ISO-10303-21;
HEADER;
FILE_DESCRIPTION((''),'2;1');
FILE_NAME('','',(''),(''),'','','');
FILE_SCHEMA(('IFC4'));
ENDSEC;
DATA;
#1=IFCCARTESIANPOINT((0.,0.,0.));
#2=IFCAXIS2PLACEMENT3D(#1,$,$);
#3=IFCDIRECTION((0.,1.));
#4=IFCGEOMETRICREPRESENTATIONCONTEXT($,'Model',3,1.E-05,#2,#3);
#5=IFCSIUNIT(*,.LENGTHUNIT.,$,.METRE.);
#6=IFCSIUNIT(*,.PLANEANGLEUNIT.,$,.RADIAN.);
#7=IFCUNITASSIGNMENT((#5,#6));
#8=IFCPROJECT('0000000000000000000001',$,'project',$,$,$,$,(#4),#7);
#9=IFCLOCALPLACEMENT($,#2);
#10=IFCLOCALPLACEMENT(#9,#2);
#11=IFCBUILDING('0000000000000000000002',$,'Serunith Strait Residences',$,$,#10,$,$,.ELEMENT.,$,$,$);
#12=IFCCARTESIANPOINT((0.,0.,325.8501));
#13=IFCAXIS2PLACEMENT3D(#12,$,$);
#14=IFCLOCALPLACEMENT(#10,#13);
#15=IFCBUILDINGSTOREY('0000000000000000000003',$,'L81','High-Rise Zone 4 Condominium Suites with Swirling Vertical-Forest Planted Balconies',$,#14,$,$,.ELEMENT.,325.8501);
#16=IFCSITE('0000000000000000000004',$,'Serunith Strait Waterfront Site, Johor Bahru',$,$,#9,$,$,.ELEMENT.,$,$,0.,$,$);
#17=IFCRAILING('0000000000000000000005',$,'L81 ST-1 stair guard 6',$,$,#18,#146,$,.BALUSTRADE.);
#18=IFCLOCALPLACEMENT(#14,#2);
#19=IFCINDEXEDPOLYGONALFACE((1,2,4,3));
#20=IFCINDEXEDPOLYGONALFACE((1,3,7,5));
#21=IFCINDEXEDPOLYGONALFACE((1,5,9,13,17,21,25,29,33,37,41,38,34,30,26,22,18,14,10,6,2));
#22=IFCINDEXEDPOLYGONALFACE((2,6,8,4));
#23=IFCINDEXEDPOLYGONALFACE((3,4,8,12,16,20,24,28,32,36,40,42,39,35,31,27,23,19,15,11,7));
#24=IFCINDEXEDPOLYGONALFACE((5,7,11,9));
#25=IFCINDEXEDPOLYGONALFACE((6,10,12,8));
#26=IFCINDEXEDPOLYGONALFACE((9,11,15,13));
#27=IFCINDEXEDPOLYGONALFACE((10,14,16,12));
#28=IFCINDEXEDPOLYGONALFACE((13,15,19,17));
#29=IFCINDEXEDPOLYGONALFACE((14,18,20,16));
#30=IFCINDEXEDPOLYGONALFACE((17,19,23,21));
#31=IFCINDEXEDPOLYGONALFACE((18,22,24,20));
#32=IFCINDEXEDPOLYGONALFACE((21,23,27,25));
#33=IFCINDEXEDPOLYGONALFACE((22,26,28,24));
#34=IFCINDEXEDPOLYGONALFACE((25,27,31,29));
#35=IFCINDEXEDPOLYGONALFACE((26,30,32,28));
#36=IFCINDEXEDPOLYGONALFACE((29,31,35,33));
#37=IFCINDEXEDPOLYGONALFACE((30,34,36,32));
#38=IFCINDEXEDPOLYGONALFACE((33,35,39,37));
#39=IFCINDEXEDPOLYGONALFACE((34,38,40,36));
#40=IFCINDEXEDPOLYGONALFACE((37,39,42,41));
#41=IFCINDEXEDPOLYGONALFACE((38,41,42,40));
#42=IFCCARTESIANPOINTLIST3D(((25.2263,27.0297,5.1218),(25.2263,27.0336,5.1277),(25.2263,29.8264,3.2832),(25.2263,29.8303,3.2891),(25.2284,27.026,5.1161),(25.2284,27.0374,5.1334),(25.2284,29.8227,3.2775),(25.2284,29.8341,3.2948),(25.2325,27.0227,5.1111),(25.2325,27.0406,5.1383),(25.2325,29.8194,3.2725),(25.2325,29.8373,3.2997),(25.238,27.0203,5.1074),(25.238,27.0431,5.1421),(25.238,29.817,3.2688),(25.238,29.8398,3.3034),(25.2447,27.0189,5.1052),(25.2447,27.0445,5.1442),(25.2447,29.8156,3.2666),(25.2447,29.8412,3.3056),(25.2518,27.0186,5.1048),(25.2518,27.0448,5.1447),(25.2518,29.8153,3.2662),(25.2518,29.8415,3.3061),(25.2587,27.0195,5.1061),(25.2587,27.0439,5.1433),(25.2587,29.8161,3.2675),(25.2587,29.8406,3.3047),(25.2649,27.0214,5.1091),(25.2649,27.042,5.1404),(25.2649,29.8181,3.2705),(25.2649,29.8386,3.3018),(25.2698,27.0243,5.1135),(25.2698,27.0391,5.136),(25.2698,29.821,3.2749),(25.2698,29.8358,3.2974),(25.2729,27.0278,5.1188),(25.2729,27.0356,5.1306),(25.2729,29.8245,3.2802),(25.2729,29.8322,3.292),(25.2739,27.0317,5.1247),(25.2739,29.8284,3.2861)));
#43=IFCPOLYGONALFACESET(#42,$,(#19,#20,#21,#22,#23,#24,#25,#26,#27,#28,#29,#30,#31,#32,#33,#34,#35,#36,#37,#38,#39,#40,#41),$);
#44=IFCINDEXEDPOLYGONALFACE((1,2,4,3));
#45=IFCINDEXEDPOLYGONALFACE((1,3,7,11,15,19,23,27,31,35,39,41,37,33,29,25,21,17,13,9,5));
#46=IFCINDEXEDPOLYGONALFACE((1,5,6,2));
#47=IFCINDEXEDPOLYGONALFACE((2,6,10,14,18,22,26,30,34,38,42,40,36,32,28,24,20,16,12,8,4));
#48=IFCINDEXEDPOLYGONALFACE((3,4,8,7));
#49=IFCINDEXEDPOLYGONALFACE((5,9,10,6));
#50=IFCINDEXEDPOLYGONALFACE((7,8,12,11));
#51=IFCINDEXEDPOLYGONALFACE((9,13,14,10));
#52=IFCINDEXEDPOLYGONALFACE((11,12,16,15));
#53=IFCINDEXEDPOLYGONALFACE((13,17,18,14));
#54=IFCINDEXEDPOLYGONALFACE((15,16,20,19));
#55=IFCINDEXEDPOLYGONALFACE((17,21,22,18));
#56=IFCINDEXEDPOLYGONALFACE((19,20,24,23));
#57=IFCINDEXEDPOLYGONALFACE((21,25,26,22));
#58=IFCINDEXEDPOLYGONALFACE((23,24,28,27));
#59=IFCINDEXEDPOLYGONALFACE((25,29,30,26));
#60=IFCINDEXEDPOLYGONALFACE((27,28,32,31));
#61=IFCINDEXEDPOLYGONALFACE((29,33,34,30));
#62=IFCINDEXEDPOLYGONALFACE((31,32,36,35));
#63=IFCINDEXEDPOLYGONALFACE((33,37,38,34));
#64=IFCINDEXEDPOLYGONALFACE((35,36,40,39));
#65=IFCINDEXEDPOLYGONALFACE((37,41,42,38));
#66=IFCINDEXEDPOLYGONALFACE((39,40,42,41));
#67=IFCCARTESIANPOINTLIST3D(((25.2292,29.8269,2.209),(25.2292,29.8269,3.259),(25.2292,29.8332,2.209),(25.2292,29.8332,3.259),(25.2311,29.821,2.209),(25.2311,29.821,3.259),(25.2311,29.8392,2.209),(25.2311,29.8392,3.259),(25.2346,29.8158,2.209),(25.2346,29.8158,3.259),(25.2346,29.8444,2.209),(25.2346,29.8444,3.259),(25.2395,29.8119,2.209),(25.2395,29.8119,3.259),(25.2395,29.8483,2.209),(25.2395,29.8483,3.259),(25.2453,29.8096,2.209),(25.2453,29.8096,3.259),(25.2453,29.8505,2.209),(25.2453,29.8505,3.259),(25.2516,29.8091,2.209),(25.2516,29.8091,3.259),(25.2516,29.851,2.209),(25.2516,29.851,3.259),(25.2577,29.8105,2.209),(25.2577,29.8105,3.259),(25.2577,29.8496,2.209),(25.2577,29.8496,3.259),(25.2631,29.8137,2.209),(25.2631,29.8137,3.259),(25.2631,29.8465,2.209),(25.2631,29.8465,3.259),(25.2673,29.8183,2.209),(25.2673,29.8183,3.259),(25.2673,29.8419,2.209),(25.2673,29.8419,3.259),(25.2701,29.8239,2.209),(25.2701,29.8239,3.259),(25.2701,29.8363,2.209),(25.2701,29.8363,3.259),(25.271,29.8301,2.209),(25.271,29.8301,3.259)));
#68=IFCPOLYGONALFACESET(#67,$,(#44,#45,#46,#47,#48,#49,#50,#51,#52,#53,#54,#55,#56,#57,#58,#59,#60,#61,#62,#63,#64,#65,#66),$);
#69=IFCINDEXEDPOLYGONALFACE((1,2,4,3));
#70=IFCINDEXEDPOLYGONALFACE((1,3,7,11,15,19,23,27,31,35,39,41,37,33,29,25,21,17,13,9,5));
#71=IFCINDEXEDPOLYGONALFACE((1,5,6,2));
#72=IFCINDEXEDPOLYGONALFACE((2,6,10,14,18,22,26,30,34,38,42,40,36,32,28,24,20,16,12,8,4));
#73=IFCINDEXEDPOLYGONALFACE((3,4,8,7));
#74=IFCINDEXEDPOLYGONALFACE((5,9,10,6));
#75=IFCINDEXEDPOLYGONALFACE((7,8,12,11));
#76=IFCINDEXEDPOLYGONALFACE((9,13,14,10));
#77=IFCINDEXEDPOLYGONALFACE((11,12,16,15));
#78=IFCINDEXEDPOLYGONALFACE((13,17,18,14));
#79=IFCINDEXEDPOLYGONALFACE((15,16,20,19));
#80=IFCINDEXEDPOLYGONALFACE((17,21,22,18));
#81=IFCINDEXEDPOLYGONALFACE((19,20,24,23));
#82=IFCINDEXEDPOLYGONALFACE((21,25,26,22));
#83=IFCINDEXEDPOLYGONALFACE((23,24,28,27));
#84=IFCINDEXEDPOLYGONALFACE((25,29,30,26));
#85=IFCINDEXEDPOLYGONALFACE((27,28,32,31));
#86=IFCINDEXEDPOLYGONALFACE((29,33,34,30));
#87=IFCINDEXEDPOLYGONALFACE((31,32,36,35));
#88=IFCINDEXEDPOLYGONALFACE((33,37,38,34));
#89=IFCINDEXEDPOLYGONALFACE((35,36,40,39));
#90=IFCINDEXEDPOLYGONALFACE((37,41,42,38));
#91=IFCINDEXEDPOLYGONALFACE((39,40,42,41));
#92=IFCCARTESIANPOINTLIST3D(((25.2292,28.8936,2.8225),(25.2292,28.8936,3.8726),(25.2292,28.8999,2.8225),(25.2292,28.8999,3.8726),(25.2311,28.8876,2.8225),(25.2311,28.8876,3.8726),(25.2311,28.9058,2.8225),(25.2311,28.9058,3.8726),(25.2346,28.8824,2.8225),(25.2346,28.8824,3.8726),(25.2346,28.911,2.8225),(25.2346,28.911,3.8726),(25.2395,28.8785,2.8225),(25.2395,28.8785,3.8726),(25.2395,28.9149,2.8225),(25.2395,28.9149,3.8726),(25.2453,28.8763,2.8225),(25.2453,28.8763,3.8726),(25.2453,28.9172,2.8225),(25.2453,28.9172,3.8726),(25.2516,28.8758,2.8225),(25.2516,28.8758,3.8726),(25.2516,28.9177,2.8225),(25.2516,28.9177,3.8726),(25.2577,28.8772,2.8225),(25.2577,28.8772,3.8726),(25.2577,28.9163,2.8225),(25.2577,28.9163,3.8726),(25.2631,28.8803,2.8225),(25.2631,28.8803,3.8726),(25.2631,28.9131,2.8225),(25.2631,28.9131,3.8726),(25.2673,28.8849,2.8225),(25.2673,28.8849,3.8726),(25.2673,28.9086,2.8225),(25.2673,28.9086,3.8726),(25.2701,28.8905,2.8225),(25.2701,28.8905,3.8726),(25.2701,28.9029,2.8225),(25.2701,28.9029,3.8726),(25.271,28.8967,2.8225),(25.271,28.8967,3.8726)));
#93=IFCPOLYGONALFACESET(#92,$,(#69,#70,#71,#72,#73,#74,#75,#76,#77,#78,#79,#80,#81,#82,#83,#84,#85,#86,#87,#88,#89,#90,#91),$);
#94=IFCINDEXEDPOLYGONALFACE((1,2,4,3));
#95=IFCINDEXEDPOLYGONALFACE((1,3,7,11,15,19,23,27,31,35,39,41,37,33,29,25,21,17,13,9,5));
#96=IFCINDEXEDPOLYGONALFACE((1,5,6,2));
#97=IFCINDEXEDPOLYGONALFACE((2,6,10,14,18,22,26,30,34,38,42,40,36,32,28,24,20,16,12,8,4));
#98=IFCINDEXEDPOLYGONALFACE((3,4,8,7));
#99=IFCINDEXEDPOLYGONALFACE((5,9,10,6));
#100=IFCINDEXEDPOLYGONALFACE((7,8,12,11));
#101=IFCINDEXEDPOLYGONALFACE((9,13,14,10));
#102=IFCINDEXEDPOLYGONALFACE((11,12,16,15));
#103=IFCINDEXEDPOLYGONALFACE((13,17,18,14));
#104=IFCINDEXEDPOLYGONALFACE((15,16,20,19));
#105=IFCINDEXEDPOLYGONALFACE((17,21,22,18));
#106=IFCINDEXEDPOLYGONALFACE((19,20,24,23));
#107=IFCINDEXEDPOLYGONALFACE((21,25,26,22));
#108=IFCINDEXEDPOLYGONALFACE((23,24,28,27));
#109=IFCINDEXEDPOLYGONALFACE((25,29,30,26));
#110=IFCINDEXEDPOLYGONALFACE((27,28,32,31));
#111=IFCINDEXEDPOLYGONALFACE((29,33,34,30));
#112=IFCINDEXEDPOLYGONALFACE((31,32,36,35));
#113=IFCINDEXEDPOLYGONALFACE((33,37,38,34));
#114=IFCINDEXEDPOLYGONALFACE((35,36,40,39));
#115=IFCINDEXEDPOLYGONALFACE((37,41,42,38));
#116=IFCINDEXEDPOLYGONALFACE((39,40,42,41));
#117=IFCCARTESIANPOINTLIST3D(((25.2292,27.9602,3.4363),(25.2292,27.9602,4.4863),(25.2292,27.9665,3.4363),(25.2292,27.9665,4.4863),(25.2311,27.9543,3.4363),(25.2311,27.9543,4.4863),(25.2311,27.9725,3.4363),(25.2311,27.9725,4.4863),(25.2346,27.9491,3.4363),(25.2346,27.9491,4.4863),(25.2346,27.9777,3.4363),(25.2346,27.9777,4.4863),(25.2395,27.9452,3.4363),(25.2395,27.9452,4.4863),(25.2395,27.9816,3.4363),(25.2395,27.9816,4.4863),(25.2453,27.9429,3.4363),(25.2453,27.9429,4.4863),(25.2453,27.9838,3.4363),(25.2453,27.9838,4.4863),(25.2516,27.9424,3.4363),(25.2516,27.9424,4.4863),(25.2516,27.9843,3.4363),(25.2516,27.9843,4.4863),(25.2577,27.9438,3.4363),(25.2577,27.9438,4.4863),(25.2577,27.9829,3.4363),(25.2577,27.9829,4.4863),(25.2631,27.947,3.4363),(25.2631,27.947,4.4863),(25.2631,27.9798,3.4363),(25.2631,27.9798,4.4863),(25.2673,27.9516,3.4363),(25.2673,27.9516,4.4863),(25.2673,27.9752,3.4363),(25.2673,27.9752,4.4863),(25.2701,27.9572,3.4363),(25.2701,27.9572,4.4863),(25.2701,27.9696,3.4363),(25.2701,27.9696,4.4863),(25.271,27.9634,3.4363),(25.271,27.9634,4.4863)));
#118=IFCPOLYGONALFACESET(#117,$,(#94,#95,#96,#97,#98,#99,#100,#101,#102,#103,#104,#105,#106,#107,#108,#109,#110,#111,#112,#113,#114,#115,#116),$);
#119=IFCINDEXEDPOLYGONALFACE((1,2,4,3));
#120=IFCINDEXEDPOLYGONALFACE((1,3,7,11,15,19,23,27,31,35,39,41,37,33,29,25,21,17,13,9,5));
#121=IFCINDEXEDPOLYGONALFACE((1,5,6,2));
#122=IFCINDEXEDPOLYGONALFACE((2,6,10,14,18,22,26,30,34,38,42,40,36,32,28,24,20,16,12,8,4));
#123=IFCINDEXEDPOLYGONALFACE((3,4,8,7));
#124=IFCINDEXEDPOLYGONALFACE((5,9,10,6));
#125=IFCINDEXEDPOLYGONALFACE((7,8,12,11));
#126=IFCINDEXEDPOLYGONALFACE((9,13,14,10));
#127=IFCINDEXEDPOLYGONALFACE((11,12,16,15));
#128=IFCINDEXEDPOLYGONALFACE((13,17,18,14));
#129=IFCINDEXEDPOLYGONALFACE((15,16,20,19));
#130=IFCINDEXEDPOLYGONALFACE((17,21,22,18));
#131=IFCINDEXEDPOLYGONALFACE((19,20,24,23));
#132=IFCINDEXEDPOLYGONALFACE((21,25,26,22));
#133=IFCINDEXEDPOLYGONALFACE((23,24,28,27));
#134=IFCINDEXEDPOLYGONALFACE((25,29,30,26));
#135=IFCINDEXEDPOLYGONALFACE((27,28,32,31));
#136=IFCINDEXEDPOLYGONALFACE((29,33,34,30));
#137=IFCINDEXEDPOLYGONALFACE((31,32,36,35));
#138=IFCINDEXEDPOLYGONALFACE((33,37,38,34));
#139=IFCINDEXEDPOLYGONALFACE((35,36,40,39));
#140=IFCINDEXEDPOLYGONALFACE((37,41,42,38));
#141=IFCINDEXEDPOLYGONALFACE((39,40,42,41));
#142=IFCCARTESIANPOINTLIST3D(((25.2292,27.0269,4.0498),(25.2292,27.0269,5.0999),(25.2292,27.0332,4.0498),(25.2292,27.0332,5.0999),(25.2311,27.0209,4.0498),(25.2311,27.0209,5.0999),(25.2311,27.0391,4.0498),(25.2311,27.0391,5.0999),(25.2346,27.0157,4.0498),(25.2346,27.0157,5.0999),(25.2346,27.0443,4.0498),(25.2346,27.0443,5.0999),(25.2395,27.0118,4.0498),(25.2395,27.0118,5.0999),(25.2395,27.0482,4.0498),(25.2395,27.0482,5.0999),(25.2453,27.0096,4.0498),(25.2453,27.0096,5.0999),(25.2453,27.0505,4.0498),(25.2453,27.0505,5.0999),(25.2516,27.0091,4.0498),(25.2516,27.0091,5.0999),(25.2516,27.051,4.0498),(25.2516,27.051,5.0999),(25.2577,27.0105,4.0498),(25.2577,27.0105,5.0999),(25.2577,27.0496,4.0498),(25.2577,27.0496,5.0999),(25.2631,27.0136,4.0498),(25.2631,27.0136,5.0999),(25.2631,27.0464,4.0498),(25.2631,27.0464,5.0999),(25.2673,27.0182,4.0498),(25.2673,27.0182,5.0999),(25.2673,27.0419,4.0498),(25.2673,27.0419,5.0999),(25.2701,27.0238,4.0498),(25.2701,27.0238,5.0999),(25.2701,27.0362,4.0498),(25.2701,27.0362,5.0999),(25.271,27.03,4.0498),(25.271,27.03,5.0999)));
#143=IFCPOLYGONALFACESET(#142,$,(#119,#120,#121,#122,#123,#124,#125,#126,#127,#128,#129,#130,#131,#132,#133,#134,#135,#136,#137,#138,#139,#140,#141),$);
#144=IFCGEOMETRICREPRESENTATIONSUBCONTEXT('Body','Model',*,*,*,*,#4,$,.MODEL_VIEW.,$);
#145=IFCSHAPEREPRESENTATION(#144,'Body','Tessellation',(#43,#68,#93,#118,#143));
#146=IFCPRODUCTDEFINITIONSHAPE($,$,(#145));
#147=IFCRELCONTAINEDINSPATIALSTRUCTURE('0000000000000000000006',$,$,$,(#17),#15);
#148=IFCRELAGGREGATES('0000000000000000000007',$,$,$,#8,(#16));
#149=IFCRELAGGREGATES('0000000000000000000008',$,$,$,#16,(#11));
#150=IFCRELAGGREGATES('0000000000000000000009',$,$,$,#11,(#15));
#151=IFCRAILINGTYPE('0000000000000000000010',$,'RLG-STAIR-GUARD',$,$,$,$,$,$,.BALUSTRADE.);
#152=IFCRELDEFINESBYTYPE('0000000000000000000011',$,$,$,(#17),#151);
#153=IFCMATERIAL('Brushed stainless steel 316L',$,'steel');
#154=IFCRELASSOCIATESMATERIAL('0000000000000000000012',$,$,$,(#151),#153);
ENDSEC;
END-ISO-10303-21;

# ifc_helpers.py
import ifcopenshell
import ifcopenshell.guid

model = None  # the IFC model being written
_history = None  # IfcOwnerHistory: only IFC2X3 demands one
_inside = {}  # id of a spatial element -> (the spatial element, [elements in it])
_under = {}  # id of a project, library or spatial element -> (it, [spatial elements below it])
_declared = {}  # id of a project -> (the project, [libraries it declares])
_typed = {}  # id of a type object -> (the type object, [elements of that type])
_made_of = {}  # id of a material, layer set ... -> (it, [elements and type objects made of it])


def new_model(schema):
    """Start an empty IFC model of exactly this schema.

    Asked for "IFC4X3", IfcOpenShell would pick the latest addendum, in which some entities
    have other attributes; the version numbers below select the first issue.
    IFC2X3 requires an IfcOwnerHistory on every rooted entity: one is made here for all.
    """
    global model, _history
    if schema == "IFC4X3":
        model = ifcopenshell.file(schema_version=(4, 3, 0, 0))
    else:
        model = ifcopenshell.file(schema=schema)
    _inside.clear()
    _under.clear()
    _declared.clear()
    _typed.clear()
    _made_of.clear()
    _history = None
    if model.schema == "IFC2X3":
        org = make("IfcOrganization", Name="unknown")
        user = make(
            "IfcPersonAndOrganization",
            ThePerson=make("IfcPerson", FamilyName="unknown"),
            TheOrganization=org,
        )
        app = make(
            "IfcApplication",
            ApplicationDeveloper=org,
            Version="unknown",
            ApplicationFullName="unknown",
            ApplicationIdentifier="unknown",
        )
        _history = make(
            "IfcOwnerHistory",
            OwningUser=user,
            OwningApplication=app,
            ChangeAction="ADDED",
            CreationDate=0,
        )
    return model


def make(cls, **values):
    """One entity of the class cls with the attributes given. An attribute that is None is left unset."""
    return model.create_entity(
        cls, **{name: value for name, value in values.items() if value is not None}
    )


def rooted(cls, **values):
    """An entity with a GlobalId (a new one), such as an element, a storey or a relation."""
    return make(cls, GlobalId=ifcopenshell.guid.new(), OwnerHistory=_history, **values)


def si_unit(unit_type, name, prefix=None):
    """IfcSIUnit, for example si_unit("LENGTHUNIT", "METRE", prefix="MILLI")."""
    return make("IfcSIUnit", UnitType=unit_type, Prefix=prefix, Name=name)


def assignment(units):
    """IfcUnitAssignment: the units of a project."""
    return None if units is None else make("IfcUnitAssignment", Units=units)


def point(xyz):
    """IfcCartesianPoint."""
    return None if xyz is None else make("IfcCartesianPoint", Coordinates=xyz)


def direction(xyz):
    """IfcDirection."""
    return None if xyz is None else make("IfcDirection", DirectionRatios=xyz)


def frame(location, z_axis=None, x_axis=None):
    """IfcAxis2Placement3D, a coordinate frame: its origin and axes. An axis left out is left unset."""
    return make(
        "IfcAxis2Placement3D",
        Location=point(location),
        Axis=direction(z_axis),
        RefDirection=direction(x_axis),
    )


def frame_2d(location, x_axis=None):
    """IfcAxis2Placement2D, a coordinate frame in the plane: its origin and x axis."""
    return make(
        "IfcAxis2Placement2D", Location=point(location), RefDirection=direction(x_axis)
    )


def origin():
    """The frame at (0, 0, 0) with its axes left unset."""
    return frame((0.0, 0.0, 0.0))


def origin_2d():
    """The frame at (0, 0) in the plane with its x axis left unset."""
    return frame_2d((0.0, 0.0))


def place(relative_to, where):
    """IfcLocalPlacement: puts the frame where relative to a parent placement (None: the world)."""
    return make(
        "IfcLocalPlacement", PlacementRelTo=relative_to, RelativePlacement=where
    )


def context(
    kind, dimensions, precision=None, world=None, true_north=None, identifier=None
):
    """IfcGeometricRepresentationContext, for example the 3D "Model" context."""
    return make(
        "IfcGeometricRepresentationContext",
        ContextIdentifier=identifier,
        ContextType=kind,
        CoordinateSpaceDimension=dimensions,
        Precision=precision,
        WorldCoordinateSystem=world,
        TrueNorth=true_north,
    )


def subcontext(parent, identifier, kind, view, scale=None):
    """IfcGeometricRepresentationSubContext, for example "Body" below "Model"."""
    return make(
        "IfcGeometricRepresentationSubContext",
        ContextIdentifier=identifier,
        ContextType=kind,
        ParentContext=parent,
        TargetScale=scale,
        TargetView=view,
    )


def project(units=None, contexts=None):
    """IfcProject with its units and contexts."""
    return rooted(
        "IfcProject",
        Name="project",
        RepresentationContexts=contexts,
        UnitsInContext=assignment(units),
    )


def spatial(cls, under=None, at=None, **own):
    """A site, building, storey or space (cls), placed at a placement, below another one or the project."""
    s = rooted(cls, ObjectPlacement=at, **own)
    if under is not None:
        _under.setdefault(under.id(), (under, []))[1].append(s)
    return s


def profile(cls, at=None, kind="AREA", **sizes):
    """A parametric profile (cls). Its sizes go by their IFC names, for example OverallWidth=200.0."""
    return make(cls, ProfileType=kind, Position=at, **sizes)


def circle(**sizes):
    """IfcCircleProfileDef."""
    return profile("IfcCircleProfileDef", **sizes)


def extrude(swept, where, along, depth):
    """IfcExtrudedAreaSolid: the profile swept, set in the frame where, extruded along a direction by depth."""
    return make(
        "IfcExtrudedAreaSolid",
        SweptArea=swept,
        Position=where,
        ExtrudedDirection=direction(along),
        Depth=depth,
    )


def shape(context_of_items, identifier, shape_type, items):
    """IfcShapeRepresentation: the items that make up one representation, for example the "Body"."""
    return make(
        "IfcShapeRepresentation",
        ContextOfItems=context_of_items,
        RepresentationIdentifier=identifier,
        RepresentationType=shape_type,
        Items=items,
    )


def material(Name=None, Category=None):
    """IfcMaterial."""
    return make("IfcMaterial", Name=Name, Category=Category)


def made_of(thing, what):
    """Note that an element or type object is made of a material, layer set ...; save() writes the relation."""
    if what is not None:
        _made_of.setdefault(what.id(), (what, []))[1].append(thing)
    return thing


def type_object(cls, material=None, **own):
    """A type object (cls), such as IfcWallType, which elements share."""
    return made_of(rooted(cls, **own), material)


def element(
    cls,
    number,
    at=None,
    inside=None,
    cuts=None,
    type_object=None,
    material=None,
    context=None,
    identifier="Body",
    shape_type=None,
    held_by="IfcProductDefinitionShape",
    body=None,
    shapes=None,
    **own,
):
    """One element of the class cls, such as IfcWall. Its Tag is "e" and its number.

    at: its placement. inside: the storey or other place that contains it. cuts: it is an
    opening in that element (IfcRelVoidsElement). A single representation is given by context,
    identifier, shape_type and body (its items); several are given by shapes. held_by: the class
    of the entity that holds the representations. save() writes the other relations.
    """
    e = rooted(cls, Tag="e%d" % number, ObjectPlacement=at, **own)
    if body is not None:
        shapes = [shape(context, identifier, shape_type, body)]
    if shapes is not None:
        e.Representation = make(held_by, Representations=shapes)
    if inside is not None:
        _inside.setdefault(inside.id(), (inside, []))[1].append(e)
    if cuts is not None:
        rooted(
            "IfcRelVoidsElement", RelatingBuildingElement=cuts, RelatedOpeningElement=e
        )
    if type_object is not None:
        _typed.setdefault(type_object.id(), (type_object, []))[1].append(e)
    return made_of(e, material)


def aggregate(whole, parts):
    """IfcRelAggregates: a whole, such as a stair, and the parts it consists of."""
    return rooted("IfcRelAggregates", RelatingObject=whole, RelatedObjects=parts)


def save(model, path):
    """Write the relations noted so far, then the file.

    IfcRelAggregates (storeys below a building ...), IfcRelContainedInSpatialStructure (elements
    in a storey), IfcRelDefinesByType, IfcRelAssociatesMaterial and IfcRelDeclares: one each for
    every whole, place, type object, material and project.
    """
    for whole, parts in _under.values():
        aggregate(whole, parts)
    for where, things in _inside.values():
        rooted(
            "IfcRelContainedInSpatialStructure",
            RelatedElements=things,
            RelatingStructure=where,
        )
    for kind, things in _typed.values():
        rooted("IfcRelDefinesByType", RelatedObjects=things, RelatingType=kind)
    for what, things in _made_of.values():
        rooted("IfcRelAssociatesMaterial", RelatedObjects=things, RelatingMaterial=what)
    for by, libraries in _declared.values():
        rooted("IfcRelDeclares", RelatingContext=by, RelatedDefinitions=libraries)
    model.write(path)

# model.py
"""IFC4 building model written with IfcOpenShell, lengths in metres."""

from ifc_helpers import new_model, si_unit, direction, frame, origin, origin_2d, place, context, subcontext, project, spatial, circle, extrude, material, type_object, element, save


model = new_model("IFC4")

# Units and contexts
model_context = context("Model", 3, precision=1e-05, world=origin(), true_north=direction((0.0, 1.0)))
body_context = subcontext(model_context, "Body", "Model", "MODEL_VIEW")
ifc_project = project(units=[si_unit("LENGTHUNIT", "METRE"), si_unit("PLANEANGLEUNIT", "RADIAN")], contexts=[model_context])

# Site, building, storey
site_placement = place(None, origin())
site = spatial("IfcSite", under=ifc_project, at=site_placement, Name="Serunith Strait Waterfront Site, Johor Bahru", CompositionType="ELEMENT", RefElevation=0.0)
building_placement = place(site_placement, origin())
building = spatial("IfcBuilding", under=site, at=building_placement, Name="Serunith Strait Residences", CompositionType="ELEMENT")
storey_placement = place(building_placement, frame((0.0, 0.0, 325.8501)))
storey = spatial("IfcBuildingStorey", under=building, at=storey_placement, Name="L81", Description="High-Rise Zone 4 Condominium Suites with Swirling Vertical-Forest Planted Balconies", CompositionType="ELEMENT", Elevation=325.8501)

# Railing
ifc_material_1 = material(Name="Brushed stainless steel 316L", Category="steel")
railing_type_1 = type_object("IfcRailingType", Name="RLG-STAIR-GUARD", PredefinedType="BALUSTRADE", material=ifc_material_1)
railing_1_placement = place(storey_placement, frame((25.25, 29.8301, 2.209)))
element("IfcRailing", 1, at=railing_1_placement, inside=storey, type_object=railing_type_1, Name="L81 ST-1 stair guard 6", PredefinedType="BALUSTRADE", context=body_context, shape_type="SweptSolid", body=[
    extrude(circle(Radius=0.0239, at=origin_2d()), frame((0.0, -0.0017, 1.0771), z_axis=(0.0, -0.835598, 0.549342), x_axis=(1.0, 0.0, 0.0)), (0.0, 0.0, 1.0), 3.3469),
    extrude(circle(Radius=0.021, at=origin_2d()), origin(), (0.0, 0.0, 1.0), 1.05),
    extrude(circle(Radius=0.021, at=origin_2d()), frame((0.0, -0.9333, 0.6135)), (0.0, 0.0, 1.0), 1.05),
    extrude(circle(Radius=0.021, at=origin_2d()), frame((0.0, -1.8667, 1.2273)), (0.0, 0.0, 1.0), 1.05),
    extrude(circle(Radius=0.021, at=origin_2d()), frame((0.0, -2.8, 1.8408)), (0.0, 0.0, 1.0), 1.05),
])

save(model, "model.ifc")
